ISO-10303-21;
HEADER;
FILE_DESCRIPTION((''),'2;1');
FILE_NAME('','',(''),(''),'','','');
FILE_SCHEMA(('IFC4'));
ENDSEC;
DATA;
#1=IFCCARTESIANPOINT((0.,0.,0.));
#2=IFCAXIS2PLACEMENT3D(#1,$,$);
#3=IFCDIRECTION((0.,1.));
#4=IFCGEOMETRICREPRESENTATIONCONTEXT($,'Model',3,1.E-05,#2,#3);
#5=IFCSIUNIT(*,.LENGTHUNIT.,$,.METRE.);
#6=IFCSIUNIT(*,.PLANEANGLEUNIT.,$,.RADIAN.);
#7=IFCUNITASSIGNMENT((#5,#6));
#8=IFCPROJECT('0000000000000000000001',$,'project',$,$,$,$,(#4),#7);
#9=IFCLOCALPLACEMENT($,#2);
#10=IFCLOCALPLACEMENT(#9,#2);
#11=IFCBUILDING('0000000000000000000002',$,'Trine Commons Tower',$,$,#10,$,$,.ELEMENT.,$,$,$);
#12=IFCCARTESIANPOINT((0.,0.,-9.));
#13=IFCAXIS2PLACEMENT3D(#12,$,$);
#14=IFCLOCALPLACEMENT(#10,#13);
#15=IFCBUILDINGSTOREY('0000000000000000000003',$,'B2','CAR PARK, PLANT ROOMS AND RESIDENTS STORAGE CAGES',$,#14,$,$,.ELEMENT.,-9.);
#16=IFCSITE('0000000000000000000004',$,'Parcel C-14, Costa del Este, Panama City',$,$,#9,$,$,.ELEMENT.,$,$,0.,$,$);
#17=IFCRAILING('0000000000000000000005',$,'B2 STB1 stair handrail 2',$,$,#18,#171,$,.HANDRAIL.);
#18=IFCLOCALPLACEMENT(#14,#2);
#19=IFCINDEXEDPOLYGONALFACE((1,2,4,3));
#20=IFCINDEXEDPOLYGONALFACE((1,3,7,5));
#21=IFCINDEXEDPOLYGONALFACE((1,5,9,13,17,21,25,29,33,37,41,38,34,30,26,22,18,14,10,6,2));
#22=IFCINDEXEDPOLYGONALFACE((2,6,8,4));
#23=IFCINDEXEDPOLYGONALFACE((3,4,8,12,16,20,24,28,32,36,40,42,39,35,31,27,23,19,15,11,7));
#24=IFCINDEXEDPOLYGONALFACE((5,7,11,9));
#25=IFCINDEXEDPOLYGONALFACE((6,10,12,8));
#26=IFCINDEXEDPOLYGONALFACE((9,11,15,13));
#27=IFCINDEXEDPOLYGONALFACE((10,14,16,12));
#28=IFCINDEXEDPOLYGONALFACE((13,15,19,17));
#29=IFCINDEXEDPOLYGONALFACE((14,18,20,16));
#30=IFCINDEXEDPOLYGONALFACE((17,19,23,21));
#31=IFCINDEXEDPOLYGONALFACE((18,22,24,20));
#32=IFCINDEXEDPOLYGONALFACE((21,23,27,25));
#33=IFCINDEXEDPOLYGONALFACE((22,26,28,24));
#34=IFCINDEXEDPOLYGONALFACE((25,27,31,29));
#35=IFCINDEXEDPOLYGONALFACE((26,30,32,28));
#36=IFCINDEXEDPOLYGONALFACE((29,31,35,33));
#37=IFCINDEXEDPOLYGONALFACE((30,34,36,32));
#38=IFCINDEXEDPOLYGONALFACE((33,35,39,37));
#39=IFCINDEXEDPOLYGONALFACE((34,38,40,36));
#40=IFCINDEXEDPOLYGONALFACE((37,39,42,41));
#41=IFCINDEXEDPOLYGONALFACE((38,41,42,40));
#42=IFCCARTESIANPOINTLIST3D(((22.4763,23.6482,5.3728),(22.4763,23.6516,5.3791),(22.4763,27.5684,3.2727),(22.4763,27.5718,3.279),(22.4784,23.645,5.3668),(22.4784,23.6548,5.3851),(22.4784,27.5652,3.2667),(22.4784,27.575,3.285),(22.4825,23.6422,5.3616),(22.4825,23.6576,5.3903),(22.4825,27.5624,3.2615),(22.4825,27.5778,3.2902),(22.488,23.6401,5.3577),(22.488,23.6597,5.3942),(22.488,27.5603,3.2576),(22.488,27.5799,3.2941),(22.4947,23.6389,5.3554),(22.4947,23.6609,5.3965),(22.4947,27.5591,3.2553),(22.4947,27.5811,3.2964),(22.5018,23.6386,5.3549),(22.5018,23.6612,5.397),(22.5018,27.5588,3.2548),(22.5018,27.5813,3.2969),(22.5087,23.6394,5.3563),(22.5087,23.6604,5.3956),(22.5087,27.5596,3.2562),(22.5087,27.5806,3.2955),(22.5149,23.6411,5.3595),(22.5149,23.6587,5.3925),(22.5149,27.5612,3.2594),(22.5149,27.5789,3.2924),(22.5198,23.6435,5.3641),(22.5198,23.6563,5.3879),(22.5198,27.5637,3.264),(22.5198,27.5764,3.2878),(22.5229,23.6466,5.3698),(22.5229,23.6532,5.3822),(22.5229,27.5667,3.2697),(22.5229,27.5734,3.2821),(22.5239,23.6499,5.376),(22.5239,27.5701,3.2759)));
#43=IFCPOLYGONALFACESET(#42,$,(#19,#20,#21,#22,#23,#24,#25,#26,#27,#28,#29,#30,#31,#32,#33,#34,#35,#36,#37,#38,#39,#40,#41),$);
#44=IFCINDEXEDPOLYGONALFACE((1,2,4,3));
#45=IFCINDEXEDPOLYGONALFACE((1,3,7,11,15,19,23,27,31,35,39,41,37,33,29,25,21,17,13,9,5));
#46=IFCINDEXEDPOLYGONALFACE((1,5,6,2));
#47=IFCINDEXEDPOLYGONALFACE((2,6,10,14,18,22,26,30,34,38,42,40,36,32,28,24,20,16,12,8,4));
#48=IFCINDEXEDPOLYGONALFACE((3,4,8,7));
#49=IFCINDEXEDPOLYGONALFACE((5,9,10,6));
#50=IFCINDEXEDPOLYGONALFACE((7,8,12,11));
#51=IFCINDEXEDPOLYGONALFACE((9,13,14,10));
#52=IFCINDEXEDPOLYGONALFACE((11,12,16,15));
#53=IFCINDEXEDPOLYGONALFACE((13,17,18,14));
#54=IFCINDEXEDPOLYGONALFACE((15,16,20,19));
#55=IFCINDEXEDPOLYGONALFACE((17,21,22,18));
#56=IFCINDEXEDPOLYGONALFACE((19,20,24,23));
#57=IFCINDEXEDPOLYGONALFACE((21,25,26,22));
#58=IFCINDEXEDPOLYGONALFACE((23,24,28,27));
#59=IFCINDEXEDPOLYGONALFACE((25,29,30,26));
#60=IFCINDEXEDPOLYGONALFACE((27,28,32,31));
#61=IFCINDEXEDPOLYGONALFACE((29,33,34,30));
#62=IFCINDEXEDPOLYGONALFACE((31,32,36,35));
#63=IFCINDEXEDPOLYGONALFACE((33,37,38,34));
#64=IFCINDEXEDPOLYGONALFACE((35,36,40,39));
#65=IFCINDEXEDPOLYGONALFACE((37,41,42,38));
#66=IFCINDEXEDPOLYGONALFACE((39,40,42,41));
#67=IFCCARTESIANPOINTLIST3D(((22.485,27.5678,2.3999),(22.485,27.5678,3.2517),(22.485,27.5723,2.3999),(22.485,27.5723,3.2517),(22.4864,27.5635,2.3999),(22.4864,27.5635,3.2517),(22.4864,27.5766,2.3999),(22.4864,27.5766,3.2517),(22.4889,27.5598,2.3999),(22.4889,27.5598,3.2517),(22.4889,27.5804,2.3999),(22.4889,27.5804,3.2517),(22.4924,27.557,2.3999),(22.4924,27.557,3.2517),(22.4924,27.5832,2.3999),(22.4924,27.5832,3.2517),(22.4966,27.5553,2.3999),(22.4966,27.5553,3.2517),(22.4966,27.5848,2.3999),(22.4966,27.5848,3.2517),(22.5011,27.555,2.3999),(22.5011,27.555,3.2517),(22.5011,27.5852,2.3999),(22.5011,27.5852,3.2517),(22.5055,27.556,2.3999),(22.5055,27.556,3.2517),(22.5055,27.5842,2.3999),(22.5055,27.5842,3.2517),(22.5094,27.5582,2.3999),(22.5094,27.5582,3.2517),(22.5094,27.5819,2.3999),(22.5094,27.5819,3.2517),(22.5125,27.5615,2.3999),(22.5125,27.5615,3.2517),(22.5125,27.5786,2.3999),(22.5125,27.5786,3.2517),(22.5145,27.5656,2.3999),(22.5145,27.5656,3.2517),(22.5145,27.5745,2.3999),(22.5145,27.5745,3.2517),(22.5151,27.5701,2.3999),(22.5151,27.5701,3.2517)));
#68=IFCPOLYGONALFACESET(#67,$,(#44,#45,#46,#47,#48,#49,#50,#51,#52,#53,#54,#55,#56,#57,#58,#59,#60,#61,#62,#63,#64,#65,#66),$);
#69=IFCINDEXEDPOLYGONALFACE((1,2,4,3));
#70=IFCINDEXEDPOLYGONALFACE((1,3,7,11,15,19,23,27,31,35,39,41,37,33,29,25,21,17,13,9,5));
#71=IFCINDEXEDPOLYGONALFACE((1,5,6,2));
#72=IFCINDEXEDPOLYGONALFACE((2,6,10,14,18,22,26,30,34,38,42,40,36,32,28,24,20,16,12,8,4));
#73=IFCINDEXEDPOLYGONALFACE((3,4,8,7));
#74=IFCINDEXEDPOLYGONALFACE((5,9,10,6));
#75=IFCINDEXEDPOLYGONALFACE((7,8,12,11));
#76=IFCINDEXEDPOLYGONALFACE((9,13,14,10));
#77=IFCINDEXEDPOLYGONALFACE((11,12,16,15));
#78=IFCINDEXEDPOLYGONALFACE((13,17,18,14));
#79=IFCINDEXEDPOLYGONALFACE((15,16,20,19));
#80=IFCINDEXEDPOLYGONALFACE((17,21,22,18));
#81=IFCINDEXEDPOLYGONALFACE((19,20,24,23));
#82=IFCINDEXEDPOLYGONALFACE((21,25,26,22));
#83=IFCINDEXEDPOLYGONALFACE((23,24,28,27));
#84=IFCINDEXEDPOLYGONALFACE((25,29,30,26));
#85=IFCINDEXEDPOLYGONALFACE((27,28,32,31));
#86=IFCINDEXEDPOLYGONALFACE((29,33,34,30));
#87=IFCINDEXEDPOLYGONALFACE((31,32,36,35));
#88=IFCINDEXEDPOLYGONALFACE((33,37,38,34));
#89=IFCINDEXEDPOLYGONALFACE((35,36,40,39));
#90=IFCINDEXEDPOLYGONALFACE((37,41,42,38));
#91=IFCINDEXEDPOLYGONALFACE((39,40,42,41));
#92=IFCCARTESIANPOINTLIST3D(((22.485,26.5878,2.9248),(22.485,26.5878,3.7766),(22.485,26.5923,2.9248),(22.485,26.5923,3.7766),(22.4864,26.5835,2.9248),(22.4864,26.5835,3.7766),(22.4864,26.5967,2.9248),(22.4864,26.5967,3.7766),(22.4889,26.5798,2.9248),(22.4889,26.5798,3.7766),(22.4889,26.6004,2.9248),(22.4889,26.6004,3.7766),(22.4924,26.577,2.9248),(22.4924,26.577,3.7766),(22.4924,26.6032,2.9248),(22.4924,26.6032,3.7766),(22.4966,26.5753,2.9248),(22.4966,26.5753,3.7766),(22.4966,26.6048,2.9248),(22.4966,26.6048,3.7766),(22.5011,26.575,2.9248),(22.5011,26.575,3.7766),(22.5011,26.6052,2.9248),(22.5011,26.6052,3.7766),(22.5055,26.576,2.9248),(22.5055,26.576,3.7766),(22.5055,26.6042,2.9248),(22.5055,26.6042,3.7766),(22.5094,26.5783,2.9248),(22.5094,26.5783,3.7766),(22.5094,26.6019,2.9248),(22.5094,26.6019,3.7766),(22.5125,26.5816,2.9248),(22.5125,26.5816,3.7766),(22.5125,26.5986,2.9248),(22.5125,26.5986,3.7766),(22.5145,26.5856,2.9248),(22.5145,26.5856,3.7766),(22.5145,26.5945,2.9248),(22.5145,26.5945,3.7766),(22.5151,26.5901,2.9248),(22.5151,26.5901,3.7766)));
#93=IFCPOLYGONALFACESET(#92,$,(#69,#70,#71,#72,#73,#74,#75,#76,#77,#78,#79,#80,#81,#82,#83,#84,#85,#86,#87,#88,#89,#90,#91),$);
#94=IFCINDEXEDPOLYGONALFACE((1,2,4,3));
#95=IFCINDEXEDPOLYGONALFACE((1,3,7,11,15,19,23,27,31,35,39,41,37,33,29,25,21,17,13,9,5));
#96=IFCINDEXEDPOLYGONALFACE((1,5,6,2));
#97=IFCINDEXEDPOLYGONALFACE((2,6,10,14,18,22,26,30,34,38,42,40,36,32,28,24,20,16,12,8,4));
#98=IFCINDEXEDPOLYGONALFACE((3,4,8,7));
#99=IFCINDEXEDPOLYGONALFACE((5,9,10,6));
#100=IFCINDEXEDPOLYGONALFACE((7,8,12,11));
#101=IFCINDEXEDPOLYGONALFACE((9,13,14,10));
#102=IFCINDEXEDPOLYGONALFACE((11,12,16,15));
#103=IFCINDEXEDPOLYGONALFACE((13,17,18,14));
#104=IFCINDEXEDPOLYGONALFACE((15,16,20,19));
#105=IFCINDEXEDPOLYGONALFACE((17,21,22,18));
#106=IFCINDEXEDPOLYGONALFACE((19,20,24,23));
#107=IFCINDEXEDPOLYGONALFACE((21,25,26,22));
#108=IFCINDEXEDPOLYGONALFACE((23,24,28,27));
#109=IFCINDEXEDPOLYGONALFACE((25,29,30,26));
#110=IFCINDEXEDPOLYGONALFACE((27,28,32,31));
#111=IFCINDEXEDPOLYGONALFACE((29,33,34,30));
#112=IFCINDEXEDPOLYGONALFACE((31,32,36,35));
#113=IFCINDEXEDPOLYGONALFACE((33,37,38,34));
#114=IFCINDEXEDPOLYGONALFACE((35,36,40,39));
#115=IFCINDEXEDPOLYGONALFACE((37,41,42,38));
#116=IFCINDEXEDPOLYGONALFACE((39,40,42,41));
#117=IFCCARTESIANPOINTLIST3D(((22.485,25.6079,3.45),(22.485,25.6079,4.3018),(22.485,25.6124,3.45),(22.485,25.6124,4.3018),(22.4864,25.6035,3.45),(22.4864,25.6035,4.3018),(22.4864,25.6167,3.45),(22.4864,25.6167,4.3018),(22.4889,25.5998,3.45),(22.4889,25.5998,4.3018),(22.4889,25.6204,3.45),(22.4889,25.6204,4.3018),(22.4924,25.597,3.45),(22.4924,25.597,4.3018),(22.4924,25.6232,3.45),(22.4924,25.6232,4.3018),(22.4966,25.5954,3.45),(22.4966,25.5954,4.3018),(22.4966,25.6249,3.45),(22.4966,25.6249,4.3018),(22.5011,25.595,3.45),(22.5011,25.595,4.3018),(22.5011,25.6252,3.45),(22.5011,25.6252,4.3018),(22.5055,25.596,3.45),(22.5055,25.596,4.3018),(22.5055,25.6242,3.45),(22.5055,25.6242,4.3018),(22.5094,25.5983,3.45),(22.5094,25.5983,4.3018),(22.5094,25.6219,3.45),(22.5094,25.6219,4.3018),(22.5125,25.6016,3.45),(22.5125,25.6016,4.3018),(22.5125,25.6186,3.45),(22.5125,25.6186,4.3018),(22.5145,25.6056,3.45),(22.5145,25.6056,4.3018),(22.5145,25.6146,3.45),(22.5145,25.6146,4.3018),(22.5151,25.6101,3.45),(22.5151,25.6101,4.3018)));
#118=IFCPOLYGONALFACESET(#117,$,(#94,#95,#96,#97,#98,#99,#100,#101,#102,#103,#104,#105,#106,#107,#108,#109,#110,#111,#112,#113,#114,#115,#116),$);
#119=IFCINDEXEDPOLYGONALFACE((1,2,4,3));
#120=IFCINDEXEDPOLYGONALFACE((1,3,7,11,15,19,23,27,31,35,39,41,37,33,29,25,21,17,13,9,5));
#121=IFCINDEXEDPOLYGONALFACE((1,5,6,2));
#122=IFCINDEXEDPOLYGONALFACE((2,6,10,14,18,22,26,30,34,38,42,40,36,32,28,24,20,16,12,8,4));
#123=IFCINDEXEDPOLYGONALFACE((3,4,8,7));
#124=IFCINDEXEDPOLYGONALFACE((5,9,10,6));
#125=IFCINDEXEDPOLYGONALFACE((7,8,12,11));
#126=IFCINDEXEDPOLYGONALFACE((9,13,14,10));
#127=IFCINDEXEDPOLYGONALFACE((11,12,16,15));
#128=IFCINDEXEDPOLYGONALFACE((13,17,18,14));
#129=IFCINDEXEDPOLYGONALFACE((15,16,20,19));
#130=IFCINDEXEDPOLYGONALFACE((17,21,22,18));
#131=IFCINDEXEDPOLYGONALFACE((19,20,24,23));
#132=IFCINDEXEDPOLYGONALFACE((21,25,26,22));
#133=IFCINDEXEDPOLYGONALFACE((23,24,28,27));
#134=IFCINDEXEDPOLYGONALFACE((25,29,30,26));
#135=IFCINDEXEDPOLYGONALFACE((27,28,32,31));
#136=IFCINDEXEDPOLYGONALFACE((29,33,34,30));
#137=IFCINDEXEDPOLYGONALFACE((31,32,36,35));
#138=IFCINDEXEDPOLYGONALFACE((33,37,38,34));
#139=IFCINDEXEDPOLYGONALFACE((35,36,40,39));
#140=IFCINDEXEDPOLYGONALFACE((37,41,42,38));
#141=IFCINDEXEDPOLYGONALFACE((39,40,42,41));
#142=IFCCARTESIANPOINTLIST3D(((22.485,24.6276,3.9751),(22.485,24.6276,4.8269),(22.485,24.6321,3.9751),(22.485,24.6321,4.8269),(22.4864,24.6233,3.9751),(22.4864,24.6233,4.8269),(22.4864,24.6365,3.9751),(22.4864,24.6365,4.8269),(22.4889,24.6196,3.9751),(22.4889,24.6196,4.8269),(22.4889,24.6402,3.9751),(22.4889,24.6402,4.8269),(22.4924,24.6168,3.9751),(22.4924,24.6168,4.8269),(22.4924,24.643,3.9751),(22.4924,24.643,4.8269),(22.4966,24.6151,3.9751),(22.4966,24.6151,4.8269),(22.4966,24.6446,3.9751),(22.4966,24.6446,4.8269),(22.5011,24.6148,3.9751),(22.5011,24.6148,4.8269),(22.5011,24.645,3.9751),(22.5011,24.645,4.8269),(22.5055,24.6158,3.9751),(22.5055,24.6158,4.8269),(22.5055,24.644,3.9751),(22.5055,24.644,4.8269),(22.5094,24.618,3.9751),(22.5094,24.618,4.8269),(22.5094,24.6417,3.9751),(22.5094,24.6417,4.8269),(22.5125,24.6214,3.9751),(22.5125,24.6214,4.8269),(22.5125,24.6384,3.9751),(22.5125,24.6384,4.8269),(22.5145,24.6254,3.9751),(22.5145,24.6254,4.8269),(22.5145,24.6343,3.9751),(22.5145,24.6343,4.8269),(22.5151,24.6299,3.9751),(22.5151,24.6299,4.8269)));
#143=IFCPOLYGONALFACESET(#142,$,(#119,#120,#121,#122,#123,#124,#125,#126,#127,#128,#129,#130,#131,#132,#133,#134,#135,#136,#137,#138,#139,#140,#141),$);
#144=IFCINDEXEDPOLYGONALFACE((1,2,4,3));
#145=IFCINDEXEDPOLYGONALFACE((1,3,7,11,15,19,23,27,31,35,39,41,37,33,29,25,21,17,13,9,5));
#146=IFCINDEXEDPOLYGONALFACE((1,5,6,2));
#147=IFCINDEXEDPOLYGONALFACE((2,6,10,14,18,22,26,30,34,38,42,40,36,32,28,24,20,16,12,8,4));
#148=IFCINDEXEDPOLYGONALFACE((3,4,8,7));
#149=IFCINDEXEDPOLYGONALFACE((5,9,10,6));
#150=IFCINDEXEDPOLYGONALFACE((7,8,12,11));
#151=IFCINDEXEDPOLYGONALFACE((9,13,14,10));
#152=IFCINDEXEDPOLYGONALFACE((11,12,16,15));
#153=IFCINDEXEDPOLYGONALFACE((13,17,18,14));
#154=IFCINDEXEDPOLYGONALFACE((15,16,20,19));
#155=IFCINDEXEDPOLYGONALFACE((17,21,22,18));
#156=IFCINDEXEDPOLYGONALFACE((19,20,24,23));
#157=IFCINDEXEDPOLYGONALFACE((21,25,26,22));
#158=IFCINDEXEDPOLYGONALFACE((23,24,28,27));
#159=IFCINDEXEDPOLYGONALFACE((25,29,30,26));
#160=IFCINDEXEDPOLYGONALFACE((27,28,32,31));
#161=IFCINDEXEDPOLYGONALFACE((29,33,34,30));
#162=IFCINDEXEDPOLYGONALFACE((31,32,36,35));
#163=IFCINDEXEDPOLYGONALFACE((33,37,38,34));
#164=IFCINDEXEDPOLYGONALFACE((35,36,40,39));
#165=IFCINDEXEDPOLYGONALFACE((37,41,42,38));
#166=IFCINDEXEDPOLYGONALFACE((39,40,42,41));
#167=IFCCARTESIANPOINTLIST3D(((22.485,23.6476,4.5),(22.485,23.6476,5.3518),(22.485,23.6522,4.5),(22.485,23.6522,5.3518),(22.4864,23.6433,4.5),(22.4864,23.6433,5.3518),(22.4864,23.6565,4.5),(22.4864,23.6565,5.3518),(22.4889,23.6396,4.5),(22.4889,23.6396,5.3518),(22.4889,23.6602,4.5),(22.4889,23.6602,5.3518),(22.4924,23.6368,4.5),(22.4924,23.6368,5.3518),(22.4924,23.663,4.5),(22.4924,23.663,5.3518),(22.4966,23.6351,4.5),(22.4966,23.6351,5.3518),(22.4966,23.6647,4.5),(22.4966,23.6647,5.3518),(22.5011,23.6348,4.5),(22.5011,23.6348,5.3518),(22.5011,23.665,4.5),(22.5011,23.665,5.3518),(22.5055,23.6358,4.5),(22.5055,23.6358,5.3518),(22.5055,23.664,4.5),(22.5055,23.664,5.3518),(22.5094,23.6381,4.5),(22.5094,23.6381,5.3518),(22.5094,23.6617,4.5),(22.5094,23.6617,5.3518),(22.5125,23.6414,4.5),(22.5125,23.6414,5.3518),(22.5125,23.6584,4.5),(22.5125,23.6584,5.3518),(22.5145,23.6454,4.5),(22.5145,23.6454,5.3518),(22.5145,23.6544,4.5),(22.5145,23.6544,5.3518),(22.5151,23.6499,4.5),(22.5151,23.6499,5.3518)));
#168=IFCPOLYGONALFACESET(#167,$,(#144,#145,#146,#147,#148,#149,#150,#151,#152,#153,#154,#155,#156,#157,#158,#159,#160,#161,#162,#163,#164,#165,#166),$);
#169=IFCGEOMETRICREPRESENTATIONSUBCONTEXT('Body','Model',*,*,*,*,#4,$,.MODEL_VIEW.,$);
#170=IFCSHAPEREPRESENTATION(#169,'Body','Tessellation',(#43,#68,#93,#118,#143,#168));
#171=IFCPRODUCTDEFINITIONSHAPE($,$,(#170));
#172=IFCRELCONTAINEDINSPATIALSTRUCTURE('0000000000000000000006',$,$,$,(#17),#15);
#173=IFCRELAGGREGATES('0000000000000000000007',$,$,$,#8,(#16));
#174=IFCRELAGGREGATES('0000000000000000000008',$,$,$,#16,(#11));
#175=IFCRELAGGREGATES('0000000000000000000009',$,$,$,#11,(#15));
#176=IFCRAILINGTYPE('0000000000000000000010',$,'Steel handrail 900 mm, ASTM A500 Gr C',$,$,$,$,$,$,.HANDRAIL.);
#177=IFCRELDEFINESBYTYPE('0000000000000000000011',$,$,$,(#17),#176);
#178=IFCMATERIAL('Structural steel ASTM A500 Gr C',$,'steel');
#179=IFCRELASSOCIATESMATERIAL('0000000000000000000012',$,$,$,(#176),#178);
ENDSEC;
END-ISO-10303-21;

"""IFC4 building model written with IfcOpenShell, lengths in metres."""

from ifc_helpers import new_model, si_unit, direction, frame, origin, origin_2d, place, context, subcontext, project, spatial, circle, extrude, material, type_object, element, save


model = new_model("IFC4")

# Units and contexts
model_context = context("Model", 3, precision=1e-05, world=origin(), true_north=direction((0.0, 1.0)))
body_context = subcontext(model_context, "Body", "Model", "MODEL_VIEW")
ifc_project = project(units=[si_unit("LENGTHUNIT", "METRE"), si_unit("PLANEANGLEUNIT", "RADIAN")], contexts=[model_context])

# Site, building, storey
site_placement = place(None, origin())
site = spatial("IfcSite", under=ifc_project, at=site_placement, Name="Parcel C-14, Costa del Este, Panama City", CompositionType="ELEMENT", RefElevation=0.0)
building_placement = place(site_placement, origin())
building = spatial("IfcBuilding", under=site, at=building_placement, Name="Trine Commons Tower", CompositionType="ELEMENT")
storey_placement = place(building_placement, frame((0.0, 0.0, -9.0)))
storey = spatial("IfcBuildingStorey", under=building, at=storey_placement, Name="B2", Description="CAR PARK, PLANT ROOMS AND RESIDENTS STORAGE CAGES", CompositionType="ELEMENT", Elevation=-9.0)

# Railing
ifc_material_1 = material(Name="Structural steel ASTM A500 Gr C", Category="steel")
railing_type_1 = type_object("IfcRailingType", Name="Steel handrail 900 mm, ASTM A500 Gr C", PredefinedType="HANDRAIL", material=ifc_material_1)
railing_1_placement = place(storey_placement, frame((22.5, 27.5701, 2.3999)))
element("IfcRailing", 1, at=railing_1_placement, inside=storey, type_object=railing_type_1, Name="B2 STB1 stair handrail 2", PredefinedType="HANDRAIL", context=body_context, shape_type="SweptSolid", body=[
    extrude(circle(Radius=0.0239, at=origin_2d()), frame((0.0, 0.0, 0.876), z_axis=(0.0, -0.881479, 0.472223), x_axis=(1.0, 0.0, 0.0)), (0.0, 0.0, 1.0), 4.4473),
    extrude(circle(Radius=0.0151, at=origin_2d()), origin(), (0.0, 0.0, 1.0), 0.8518),
    extrude(circle(Radius=0.0151, at=origin_2d()), frame((0.0, -0.98, 0.5249)), (0.0, 0.0, 1.0), 0.8518),
    extrude(circle(Radius=0.0151, at=origin_2d()), frame((0.0, -1.96, 1.05)), (0.0, 0.0, 1.0), 0.8518),
    extrude(circle(Radius=0.0151, at=origin_2d()), frame((0.0, -2.9402, 1.5752)), (0.0, 0.0, 1.0), 0.8518),
    extrude(circle(Radius=0.0151, at=origin_2d()), frame((0.0, -3.9202, 2.1001)), (0.0, 0.0, 1.0), 0.8518),
])

save(model, "model.ifc")
